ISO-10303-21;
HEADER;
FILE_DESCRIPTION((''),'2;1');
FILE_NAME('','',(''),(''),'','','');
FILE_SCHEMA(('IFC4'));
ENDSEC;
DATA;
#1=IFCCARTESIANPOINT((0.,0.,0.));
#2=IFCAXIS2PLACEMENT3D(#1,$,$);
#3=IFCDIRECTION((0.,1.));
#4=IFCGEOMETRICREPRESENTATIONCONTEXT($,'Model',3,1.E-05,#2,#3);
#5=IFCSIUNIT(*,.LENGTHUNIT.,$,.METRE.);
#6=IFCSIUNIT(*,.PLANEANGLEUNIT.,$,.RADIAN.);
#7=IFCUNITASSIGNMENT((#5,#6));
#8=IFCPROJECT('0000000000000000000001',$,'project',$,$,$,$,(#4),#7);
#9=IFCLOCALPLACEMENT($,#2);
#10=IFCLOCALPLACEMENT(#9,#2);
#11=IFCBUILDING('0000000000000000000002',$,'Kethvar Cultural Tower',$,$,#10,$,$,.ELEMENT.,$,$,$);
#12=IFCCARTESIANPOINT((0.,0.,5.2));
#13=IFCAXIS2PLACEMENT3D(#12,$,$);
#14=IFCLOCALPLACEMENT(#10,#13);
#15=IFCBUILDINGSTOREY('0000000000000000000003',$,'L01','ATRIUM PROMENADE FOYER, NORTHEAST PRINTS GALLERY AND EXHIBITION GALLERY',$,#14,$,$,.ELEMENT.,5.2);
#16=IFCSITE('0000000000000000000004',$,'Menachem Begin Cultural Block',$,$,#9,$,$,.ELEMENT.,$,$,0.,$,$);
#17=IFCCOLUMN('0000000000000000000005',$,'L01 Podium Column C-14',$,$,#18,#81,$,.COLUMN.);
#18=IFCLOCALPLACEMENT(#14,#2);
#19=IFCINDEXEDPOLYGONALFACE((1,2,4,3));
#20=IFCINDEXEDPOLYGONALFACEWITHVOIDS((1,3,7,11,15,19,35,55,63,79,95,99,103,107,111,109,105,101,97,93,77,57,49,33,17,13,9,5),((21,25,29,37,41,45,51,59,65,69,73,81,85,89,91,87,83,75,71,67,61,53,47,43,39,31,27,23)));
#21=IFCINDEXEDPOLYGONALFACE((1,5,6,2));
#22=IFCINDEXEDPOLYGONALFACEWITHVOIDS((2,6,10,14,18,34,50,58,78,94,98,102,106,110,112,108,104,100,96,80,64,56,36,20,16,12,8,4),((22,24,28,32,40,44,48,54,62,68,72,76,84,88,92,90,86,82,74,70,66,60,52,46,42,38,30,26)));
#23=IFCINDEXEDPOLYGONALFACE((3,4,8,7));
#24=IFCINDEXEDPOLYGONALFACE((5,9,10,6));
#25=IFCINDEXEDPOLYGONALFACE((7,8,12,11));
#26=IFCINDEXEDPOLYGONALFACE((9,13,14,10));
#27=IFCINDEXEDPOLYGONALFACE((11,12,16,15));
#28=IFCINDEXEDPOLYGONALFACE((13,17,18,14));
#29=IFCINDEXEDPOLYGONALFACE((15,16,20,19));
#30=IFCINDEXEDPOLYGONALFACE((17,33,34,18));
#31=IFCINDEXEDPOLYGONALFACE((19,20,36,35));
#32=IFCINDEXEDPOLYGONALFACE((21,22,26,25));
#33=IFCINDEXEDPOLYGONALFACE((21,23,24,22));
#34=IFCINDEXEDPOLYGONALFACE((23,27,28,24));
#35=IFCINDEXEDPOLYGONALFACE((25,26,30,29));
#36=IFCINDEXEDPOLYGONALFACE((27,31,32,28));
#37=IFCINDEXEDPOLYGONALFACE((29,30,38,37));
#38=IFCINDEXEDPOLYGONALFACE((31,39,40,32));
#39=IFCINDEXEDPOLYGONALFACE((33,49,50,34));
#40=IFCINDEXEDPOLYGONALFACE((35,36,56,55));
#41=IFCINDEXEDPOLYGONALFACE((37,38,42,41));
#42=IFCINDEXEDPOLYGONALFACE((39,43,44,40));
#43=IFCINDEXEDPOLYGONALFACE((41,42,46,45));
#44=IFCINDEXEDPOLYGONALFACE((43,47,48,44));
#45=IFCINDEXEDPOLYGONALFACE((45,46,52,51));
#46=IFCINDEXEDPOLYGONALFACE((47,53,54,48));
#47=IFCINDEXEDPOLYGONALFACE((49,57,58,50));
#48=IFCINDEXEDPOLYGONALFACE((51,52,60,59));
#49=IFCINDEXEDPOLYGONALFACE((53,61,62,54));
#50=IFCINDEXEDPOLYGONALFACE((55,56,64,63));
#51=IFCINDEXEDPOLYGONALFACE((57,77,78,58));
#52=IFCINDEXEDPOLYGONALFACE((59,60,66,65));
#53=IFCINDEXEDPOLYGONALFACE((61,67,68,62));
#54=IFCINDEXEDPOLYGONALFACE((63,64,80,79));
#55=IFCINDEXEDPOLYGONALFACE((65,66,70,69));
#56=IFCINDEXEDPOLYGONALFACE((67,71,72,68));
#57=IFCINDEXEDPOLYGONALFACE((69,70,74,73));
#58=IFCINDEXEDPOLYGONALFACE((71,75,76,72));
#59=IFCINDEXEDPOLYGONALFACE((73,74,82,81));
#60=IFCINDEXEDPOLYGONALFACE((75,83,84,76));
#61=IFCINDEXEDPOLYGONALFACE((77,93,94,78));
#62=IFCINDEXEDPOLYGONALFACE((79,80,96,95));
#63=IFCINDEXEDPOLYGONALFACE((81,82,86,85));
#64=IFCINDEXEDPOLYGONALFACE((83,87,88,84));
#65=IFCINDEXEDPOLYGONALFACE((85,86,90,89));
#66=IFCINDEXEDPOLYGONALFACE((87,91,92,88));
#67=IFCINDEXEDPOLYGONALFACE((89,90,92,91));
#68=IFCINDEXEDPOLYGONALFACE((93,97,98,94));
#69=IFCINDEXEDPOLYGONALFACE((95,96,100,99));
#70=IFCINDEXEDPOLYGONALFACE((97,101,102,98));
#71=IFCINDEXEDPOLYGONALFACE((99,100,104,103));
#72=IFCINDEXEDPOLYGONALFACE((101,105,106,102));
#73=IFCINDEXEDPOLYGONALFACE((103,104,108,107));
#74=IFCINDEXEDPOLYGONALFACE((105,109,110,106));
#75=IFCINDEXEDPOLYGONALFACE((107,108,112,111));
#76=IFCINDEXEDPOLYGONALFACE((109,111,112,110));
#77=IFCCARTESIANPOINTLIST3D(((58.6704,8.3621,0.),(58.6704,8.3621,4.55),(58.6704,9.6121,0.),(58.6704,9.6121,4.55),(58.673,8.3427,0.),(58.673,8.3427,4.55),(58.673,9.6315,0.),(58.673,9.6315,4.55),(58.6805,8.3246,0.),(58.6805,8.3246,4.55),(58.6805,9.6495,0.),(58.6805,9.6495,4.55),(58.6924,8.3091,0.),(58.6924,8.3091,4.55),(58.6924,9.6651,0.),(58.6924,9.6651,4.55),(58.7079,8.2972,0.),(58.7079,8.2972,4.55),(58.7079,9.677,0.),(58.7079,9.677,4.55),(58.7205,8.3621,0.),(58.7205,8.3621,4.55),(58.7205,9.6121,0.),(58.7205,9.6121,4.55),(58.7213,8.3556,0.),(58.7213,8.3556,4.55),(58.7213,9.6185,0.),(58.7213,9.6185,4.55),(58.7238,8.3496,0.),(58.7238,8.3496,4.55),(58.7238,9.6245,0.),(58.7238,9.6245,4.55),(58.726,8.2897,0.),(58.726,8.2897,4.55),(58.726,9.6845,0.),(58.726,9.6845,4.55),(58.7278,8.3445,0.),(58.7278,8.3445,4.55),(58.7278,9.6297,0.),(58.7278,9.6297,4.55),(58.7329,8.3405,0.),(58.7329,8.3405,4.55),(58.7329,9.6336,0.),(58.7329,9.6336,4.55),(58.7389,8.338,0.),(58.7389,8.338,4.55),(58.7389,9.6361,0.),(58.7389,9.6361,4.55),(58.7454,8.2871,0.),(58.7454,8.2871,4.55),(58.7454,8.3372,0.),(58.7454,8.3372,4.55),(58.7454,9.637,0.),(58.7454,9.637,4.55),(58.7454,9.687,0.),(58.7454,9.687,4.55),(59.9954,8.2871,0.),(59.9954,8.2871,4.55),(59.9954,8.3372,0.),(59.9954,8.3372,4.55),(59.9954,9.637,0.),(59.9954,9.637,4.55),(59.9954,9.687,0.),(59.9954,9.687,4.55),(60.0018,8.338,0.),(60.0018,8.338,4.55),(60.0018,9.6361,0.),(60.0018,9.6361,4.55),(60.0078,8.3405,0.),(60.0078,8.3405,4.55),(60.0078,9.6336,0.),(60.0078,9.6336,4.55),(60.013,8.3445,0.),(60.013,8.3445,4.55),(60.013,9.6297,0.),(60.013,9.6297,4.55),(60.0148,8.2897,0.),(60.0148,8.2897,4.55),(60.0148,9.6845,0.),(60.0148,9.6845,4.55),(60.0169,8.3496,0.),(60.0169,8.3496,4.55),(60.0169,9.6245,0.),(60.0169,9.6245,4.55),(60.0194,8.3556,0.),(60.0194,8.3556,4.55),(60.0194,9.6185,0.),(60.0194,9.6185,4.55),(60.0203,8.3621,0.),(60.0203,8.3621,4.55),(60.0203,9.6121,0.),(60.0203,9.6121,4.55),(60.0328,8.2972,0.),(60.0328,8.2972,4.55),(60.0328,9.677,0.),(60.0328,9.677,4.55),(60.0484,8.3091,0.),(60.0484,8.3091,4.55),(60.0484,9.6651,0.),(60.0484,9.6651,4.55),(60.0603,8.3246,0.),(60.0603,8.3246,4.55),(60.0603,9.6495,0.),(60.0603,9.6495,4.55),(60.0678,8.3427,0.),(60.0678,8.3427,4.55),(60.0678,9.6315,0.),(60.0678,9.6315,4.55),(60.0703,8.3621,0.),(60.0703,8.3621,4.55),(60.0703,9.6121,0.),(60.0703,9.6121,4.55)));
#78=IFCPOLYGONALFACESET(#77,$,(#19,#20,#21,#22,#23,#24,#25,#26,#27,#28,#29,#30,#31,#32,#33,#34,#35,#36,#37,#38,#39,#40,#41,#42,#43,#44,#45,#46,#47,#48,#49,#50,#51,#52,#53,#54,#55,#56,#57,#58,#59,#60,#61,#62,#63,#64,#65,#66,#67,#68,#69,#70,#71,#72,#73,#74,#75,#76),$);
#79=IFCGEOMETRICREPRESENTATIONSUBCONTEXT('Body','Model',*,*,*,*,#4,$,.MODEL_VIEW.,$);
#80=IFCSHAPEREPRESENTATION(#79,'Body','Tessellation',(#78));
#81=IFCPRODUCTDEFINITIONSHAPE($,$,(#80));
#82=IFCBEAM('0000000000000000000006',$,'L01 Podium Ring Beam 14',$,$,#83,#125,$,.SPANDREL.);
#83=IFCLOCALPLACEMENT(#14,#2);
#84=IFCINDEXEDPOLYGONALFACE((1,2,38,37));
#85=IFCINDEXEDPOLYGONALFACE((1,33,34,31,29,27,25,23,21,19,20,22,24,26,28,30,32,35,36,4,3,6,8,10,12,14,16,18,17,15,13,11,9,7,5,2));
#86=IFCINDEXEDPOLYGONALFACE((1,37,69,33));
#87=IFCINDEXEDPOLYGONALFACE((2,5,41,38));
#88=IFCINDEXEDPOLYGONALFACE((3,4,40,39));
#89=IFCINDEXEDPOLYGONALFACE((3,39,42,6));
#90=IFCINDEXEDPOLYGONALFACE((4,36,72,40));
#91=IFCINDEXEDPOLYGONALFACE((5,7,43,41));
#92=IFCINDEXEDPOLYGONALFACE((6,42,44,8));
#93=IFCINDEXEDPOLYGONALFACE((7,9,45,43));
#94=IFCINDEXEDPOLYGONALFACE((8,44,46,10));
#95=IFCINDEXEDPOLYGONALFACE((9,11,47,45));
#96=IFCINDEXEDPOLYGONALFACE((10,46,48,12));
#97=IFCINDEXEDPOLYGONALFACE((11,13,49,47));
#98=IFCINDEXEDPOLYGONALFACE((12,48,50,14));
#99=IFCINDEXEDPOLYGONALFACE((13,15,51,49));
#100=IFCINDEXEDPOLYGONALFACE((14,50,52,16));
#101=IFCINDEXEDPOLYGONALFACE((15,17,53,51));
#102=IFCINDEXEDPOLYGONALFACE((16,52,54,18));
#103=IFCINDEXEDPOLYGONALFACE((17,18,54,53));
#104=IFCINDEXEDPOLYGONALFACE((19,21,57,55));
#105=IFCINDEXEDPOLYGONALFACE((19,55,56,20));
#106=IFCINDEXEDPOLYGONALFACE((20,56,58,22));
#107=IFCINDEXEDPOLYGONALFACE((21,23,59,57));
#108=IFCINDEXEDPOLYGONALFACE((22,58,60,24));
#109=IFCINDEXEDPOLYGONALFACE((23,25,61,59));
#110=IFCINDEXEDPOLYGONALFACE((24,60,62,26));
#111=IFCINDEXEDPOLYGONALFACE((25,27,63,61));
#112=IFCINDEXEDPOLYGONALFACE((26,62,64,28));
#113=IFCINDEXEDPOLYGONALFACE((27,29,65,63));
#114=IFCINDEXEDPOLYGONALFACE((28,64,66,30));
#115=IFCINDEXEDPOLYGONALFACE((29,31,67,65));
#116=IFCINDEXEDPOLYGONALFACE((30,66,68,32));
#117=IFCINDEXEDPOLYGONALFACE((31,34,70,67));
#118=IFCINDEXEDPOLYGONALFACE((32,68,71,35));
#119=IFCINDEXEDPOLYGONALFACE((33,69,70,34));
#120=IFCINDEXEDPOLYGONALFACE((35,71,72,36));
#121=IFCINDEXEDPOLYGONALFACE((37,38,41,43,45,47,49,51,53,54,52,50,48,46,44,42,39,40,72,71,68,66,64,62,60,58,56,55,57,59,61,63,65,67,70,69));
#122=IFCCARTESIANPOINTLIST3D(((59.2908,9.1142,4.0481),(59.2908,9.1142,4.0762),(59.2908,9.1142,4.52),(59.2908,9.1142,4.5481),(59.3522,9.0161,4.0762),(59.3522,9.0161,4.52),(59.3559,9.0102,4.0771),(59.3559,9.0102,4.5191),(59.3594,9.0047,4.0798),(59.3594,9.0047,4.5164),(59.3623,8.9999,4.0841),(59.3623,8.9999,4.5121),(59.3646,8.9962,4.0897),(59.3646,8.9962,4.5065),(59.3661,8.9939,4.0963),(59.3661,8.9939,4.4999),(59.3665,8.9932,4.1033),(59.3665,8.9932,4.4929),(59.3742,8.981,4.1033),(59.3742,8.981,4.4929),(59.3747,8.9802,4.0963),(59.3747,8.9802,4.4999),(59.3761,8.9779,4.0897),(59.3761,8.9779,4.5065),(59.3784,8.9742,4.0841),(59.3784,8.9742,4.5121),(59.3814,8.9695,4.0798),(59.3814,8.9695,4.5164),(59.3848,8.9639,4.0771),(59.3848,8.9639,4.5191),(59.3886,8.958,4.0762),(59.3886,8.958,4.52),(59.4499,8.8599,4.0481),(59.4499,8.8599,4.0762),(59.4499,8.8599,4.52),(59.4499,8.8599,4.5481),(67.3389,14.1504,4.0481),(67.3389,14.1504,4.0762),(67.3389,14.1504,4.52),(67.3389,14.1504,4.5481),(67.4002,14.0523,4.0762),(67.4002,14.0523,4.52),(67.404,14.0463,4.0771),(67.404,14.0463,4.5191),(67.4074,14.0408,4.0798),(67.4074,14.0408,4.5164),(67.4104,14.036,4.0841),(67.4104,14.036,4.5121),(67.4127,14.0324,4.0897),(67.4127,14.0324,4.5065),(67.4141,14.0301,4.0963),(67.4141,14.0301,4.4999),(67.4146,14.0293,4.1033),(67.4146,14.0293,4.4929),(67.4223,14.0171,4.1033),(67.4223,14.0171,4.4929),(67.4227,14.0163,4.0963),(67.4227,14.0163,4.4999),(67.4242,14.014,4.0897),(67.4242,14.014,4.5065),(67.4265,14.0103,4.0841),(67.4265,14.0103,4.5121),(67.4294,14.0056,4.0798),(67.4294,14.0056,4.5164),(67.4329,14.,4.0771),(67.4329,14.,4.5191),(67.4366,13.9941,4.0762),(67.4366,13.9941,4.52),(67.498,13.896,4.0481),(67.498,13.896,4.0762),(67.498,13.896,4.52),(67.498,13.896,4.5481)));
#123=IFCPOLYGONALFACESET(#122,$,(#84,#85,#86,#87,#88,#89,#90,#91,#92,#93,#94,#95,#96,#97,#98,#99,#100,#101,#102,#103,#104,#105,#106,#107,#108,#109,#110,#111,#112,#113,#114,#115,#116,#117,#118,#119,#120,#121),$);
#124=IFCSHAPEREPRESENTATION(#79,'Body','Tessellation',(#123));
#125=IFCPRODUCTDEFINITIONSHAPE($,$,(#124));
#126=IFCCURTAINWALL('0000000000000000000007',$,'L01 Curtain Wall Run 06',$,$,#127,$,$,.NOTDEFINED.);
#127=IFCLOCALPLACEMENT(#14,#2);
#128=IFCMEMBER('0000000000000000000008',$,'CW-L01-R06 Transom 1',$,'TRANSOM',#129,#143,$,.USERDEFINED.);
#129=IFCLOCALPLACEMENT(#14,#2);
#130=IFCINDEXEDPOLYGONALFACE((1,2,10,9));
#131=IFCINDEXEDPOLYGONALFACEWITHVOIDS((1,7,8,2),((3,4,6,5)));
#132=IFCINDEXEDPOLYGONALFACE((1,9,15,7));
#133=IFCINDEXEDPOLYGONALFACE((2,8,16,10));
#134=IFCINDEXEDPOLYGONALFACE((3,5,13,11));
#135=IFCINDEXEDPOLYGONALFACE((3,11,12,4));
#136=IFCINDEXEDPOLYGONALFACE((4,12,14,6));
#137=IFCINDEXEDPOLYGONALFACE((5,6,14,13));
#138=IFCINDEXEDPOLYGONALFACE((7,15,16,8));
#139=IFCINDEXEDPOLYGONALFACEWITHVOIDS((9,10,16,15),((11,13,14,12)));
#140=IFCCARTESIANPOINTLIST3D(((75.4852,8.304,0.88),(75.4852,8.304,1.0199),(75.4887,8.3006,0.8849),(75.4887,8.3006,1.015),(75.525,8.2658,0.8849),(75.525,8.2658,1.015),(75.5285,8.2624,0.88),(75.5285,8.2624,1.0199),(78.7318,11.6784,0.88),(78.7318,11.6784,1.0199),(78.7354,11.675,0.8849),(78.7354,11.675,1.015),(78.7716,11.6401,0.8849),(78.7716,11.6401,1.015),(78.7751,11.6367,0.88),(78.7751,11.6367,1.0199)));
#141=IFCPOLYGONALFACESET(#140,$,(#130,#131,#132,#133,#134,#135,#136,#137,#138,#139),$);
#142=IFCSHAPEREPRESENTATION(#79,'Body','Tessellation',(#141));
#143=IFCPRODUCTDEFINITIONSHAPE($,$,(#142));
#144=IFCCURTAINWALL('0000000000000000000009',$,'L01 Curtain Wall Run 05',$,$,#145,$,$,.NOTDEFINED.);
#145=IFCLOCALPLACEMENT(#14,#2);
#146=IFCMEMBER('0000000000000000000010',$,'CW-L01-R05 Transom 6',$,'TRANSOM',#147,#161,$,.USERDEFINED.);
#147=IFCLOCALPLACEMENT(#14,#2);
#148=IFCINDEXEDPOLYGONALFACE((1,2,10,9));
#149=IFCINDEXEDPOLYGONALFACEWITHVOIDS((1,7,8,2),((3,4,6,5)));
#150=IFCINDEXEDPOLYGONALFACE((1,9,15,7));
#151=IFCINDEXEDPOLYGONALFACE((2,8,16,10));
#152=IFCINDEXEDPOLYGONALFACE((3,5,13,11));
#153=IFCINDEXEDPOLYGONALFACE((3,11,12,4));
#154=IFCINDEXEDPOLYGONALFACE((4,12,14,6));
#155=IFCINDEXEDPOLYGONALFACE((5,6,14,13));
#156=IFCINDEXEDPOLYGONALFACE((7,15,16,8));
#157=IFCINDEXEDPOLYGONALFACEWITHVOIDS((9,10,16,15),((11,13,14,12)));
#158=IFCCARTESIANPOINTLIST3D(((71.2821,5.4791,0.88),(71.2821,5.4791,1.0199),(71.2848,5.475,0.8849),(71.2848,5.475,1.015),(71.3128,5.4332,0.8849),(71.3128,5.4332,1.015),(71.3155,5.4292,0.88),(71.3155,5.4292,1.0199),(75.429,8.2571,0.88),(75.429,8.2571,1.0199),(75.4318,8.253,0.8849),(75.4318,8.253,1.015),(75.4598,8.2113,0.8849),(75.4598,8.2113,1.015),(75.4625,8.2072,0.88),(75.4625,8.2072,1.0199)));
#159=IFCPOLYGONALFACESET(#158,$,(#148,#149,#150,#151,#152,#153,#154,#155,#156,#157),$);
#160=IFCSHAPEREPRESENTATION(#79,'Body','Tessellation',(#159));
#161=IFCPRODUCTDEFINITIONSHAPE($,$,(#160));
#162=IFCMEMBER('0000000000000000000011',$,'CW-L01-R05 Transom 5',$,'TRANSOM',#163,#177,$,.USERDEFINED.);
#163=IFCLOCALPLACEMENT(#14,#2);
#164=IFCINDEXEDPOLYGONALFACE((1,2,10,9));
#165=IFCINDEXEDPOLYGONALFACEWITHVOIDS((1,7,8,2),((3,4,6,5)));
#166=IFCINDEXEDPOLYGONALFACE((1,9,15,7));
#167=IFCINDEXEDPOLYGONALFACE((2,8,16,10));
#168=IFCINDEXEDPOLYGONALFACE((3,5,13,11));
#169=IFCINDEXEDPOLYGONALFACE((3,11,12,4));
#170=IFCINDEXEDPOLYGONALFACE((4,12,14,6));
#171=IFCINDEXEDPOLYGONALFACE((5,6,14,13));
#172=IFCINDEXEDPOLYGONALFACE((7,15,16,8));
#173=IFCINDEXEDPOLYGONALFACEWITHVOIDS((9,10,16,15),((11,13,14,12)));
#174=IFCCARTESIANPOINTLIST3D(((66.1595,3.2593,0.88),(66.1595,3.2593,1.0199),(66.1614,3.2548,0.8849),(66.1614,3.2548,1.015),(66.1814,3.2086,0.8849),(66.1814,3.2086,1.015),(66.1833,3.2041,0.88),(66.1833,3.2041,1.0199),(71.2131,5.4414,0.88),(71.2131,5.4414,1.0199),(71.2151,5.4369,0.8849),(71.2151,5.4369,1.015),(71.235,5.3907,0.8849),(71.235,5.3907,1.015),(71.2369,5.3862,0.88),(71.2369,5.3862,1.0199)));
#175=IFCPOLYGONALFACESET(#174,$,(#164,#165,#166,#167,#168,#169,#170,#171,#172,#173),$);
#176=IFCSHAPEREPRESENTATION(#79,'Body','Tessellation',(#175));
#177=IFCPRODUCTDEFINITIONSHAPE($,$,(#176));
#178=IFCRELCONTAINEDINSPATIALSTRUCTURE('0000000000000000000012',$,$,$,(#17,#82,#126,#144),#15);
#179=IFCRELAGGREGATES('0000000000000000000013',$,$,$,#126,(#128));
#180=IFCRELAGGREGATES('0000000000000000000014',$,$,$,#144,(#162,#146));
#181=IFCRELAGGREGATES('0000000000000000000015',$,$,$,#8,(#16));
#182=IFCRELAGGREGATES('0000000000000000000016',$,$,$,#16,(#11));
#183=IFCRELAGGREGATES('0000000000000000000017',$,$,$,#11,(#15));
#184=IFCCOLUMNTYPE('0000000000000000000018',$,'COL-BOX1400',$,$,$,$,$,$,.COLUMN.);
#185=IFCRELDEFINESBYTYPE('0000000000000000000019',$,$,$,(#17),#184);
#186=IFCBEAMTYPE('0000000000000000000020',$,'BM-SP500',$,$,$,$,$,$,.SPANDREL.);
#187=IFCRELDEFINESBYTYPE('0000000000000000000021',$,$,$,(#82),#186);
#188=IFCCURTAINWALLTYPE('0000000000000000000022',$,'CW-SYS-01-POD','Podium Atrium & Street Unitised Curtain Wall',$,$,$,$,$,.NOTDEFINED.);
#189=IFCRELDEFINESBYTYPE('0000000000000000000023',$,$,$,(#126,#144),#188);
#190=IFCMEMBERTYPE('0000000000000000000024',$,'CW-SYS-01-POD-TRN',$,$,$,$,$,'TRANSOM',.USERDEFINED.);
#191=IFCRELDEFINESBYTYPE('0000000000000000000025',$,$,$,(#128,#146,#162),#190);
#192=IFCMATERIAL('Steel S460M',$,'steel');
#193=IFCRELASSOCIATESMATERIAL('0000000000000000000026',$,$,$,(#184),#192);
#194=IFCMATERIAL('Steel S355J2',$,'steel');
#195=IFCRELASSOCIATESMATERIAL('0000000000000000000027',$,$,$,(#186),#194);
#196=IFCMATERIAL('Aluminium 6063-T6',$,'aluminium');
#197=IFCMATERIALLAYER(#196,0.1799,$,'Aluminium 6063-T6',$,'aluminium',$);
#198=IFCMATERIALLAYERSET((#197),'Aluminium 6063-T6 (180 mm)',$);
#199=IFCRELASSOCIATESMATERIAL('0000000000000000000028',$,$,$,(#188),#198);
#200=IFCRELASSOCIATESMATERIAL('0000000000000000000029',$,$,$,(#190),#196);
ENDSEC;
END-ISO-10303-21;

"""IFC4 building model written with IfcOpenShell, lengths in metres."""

from ifc_helpers import new_model, si_unit, direction, frame, origin, origin_2d, place, context, subcontext, project, spatial, hollow_rectangle, i_section, extrude, source, transform, mapped, material, layer, layer_set, material_profile, profile_set, type_object, element, aggregate, save


model = new_model("IFC4")

# Units and contexts
model_context = context("Model", 3, precision=1e-05, world=origin(), true_north=direction((0.0, 1.0)))
body_context = subcontext(model_context, "Body", "Model", "MODEL_VIEW")
ifc_project = project(units=[si_unit("LENGTHUNIT", "METRE"), si_unit("PLANEANGLEUNIT", "RADIAN")], contexts=[model_context])

# Site, building, storey
site_placement = place(None, origin())
site = spatial("IfcSite", under=ifc_project, at=site_placement, Name="Menachem Begin Cultural Block", CompositionType="ELEMENT", RefElevation=0.0)
building_placement = place(site_placement, origin())
building = spatial("IfcBuilding", under=site, at=building_placement, Name="Kethvar Cultural Tower", CompositionType="ELEMENT")
storey_placement = place(building_placement, frame((0.0, 0.0, 5.2)))
storey = spatial("IfcBuildingStorey", under=building, at=storey_placement, Name="L01", Description="ATRIUM PROMENADE FOYER, NORTHEAST PRINTS GALLERY AND EXHIBITION GALLERY", CompositionType="ELEMENT", Elevation=5.2)

# Column
ifc_material_1 = material(Name="Steel S460M", Category="steel")
ifc_material_profile_1 = material_profile(ifc_material_1, hollow_rectangle(XDim=1.3999, YDim=1.3999, WallThickness=0.05, InnerFilletRadius=0.0249, OuterFilletRadius=0.075, at=origin_2d()), Name="Steel S460M — BOX1400x1400x50")
ifc_profile_set_1 = profile_set([ifc_material_profile_1], Name="Steel S460M — BOX1400x1400x50")
column_type = type_object("IfcColumnType", Name="COL-BOX1400", PredefinedType="COLUMN", material=ifc_profile_set_1)
shared_shape_1 = source(origin(), body_context, "Body", "SweptSolid", [
    extrude(hollow_rectangle(XDim=1.3999, YDim=1.3999, WallThickness=0.05, InnerFilletRadius=0.0249, OuterFilletRadius=0.075, at=origin_2d()), origin(), (0.0, 0.0, 1.0), 4.55),
])
column_placement = place(storey_placement, frame((59.3704, 8.9871, 0.0), z_axis=(0.0, 0.0, 1.0), x_axis=(1.0, 0.0, 0.0)))
element("IfcColumn", 1, at=column_placement, inside=storey, type_object=column_type, Name="L01 Podium Column C-14", PredefinedType="COLUMN", context=body_context, shape_type="MappedRepresentation", body=[
    mapped(shared_shape_1, transform((0.0, 0.0, 0.0), scale=1.0)),
])

# Beam
ifc_material_2 = material(Name="Steel S355J2", Category="steel")
ifc_material_profile_2 = material_profile(ifc_material_2, i_section(OverallWidth=0.3, OverallDepth=0.5, WebThickness=0.0144, FlangeThickness=0.0281, FilletRadius=0.0271, at=origin_2d()), Name="Steel S355J2 — HEB500")
ifc_profile_set_2 = profile_set([ifc_material_profile_2], Name="Steel S355J2 — HEB500")
beam_type = type_object("IfcBeamType", Name="BM-SP500", PredefinedType="SPANDREL", material=ifc_profile_set_2)
shared_shape_2 = source(origin(), body_context, "Body", "SweptSolid", [
    extrude(i_section(OverallWidth=0.3, OverallDepth=0.5, WebThickness=0.0144, FlangeThickness=0.0281, FilletRadius=0.0271, at=origin_2d()), origin(), (0.0, 0.0, 1.0), 9.4939),
])
beam_placement = place(storey_placement, frame((59.3704, 8.9871, 4.2981), z_axis=(0.847711, 0.530459, 0.0), x_axis=(-0.530459, 0.847711, 0.0)))
element("IfcBeam", 2, at=beam_placement, inside=storey, type_object=beam_type, Name="L01 Podium Ring Beam 14", PredefinedType="SPANDREL", context=body_context, shape_type="MappedRepresentation", body=[
    mapped(shared_shape_2, transform((0.0, 0.0, 0.0), scale=1.0)),
])

# Curtain wall, member
ifc_material_3 = material(Name="Aluminium 6063-T6", Category="aluminium")
ifc_layer_1 = layer(ifc_material_3, 0.1799, Name="Aluminium 6063-T6", Category="aluminium")
ifc_layer_set_1 = layer_set([ifc_layer_1], Name="Aluminium 6063-T6 (180 mm)")
curtain_wall_type = type_object("IfcCurtainWallType", Name="CW-SYS-01-POD", Description="Podium Atrium & Street Unitised Curtain Wall", PredefinedType="NOTDEFINED", material=ifc_layer_set_1)
curtain_wall_1_placement = place(storey_placement, origin())
curtain_wall_1 = element("IfcCurtainWall", 3, at=curtain_wall_1_placement, inside=storey, type_object=curtain_wall_type, Name="L01 Curtain Wall Run 06", PredefinedType="NOTDEFINED")
ifc_material_profile_3 = material_profile(ifc_material_3, hollow_rectangle(XDim=0.0601, YDim=0.1399, WallThickness=0.0049, at=origin_2d()), Name="Aluminium 6063-T6 — RHS140x60x5")
ifc_profile_set_3 = profile_set([ifc_material_profile_3], Name="Aluminium 6063-T6 — RHS140x60x5")
member_type_1 = type_object("IfcMemberType", Name="CW-SYS-01-POD-TRN", ElementType="TRANSOM", PredefinedType="USERDEFINED", material=ifc_profile_set_3)
shared_shape_3 = source(origin(), body_context, "Body", "SweptSolid", [
    extrude(hollow_rectangle(XDim=0.0601, YDim=0.1399, WallThickness=0.0049, at=origin_2d()), origin(), (0.0, 0.0, 1.0), 4.6826),
])
member_1_placement = place(storey_placement, frame((75.5068, 8.2832, 0.95), z_axis=(0.693341, 0.72061, 0.0), x_axis=(-0.72061, 0.693341, 0.0)))
member_1 = element("IfcMember", 4, at=member_1_placement, type_object=member_type_1, Name="CW-L01-R06 Transom 1", ObjectType="TRANSOM", PredefinedType="USERDEFINED", context=body_context, shape_type="MappedRepresentation", body=[
    mapped(shared_shape_3, transform((0.0, 0.0, 0.0), scale=1.0)),
])

# Curtain wall, members
curtain_wall_2_placement = place(storey_placement, origin())
curtain_wall_2 = element("IfcCurtainWall", 5, at=curtain_wall_2_placement, inside=storey, type_object=curtain_wall_type, Name="L01 Curtain Wall Run 05", PredefinedType="NOTDEFINED")
shared_shape_4 = source(origin(), body_context, "Body", "SweptSolid", [
    extrude(hollow_rectangle(XDim=0.0601, YDim=0.1399, WallThickness=0.0049, at=origin_2d()), origin(), (0.0, 0.0, 1.0), 4.9915),
])
member_2_placement = place(storey_placement, frame((71.2988, 5.4541, 0.95), z_axis=(0.830807, 0.556561, 0.0), x_axis=(-0.556561, 0.830807, 0.0)))
member_2 = element("IfcMember", 6, at=member_2_placement, type_object=member_type_1, Name="CW-L01-R05 Transom 6", ObjectType="TRANSOM", PredefinedType="USERDEFINED", context=body_context, shape_type="MappedRepresentation", body=[
    mapped(shared_shape_4, transform((0.0, 0.0, 0.0), scale=1.0)),
])
shared_shape_5 = source(origin(), body_context, "Body", "SweptSolid", [
    extrude(hollow_rectangle(XDim=0.0601, YDim=0.1399, WallThickness=0.0049, at=origin_2d()), origin(), (0.0, 0.0, 1.0), 5.5046),
])
member_3_placement = place(storey_placement, frame((66.1714, 3.2317, 0.95), z_axis=(0.918073, 0.396412, 0.0), x_axis=(-0.396412, 0.918073, 0.0)))
member_3 = element("IfcMember", 7, at=member_3_placement, type_object=member_type_1, Name="CW-L01-R05 Transom 5", ObjectType="TRANSOM", PredefinedType="USERDEFINED", context=body_context, shape_type="MappedRepresentation", body=[
    mapped(shared_shape_5, transform((0.0, 0.0, 0.0), scale=1.0)),
])

aggregate(curtain_wall_1, [member_1])
aggregate(curtain_wall_2, [member_3, member_2])

save(model, "model.ifc")
